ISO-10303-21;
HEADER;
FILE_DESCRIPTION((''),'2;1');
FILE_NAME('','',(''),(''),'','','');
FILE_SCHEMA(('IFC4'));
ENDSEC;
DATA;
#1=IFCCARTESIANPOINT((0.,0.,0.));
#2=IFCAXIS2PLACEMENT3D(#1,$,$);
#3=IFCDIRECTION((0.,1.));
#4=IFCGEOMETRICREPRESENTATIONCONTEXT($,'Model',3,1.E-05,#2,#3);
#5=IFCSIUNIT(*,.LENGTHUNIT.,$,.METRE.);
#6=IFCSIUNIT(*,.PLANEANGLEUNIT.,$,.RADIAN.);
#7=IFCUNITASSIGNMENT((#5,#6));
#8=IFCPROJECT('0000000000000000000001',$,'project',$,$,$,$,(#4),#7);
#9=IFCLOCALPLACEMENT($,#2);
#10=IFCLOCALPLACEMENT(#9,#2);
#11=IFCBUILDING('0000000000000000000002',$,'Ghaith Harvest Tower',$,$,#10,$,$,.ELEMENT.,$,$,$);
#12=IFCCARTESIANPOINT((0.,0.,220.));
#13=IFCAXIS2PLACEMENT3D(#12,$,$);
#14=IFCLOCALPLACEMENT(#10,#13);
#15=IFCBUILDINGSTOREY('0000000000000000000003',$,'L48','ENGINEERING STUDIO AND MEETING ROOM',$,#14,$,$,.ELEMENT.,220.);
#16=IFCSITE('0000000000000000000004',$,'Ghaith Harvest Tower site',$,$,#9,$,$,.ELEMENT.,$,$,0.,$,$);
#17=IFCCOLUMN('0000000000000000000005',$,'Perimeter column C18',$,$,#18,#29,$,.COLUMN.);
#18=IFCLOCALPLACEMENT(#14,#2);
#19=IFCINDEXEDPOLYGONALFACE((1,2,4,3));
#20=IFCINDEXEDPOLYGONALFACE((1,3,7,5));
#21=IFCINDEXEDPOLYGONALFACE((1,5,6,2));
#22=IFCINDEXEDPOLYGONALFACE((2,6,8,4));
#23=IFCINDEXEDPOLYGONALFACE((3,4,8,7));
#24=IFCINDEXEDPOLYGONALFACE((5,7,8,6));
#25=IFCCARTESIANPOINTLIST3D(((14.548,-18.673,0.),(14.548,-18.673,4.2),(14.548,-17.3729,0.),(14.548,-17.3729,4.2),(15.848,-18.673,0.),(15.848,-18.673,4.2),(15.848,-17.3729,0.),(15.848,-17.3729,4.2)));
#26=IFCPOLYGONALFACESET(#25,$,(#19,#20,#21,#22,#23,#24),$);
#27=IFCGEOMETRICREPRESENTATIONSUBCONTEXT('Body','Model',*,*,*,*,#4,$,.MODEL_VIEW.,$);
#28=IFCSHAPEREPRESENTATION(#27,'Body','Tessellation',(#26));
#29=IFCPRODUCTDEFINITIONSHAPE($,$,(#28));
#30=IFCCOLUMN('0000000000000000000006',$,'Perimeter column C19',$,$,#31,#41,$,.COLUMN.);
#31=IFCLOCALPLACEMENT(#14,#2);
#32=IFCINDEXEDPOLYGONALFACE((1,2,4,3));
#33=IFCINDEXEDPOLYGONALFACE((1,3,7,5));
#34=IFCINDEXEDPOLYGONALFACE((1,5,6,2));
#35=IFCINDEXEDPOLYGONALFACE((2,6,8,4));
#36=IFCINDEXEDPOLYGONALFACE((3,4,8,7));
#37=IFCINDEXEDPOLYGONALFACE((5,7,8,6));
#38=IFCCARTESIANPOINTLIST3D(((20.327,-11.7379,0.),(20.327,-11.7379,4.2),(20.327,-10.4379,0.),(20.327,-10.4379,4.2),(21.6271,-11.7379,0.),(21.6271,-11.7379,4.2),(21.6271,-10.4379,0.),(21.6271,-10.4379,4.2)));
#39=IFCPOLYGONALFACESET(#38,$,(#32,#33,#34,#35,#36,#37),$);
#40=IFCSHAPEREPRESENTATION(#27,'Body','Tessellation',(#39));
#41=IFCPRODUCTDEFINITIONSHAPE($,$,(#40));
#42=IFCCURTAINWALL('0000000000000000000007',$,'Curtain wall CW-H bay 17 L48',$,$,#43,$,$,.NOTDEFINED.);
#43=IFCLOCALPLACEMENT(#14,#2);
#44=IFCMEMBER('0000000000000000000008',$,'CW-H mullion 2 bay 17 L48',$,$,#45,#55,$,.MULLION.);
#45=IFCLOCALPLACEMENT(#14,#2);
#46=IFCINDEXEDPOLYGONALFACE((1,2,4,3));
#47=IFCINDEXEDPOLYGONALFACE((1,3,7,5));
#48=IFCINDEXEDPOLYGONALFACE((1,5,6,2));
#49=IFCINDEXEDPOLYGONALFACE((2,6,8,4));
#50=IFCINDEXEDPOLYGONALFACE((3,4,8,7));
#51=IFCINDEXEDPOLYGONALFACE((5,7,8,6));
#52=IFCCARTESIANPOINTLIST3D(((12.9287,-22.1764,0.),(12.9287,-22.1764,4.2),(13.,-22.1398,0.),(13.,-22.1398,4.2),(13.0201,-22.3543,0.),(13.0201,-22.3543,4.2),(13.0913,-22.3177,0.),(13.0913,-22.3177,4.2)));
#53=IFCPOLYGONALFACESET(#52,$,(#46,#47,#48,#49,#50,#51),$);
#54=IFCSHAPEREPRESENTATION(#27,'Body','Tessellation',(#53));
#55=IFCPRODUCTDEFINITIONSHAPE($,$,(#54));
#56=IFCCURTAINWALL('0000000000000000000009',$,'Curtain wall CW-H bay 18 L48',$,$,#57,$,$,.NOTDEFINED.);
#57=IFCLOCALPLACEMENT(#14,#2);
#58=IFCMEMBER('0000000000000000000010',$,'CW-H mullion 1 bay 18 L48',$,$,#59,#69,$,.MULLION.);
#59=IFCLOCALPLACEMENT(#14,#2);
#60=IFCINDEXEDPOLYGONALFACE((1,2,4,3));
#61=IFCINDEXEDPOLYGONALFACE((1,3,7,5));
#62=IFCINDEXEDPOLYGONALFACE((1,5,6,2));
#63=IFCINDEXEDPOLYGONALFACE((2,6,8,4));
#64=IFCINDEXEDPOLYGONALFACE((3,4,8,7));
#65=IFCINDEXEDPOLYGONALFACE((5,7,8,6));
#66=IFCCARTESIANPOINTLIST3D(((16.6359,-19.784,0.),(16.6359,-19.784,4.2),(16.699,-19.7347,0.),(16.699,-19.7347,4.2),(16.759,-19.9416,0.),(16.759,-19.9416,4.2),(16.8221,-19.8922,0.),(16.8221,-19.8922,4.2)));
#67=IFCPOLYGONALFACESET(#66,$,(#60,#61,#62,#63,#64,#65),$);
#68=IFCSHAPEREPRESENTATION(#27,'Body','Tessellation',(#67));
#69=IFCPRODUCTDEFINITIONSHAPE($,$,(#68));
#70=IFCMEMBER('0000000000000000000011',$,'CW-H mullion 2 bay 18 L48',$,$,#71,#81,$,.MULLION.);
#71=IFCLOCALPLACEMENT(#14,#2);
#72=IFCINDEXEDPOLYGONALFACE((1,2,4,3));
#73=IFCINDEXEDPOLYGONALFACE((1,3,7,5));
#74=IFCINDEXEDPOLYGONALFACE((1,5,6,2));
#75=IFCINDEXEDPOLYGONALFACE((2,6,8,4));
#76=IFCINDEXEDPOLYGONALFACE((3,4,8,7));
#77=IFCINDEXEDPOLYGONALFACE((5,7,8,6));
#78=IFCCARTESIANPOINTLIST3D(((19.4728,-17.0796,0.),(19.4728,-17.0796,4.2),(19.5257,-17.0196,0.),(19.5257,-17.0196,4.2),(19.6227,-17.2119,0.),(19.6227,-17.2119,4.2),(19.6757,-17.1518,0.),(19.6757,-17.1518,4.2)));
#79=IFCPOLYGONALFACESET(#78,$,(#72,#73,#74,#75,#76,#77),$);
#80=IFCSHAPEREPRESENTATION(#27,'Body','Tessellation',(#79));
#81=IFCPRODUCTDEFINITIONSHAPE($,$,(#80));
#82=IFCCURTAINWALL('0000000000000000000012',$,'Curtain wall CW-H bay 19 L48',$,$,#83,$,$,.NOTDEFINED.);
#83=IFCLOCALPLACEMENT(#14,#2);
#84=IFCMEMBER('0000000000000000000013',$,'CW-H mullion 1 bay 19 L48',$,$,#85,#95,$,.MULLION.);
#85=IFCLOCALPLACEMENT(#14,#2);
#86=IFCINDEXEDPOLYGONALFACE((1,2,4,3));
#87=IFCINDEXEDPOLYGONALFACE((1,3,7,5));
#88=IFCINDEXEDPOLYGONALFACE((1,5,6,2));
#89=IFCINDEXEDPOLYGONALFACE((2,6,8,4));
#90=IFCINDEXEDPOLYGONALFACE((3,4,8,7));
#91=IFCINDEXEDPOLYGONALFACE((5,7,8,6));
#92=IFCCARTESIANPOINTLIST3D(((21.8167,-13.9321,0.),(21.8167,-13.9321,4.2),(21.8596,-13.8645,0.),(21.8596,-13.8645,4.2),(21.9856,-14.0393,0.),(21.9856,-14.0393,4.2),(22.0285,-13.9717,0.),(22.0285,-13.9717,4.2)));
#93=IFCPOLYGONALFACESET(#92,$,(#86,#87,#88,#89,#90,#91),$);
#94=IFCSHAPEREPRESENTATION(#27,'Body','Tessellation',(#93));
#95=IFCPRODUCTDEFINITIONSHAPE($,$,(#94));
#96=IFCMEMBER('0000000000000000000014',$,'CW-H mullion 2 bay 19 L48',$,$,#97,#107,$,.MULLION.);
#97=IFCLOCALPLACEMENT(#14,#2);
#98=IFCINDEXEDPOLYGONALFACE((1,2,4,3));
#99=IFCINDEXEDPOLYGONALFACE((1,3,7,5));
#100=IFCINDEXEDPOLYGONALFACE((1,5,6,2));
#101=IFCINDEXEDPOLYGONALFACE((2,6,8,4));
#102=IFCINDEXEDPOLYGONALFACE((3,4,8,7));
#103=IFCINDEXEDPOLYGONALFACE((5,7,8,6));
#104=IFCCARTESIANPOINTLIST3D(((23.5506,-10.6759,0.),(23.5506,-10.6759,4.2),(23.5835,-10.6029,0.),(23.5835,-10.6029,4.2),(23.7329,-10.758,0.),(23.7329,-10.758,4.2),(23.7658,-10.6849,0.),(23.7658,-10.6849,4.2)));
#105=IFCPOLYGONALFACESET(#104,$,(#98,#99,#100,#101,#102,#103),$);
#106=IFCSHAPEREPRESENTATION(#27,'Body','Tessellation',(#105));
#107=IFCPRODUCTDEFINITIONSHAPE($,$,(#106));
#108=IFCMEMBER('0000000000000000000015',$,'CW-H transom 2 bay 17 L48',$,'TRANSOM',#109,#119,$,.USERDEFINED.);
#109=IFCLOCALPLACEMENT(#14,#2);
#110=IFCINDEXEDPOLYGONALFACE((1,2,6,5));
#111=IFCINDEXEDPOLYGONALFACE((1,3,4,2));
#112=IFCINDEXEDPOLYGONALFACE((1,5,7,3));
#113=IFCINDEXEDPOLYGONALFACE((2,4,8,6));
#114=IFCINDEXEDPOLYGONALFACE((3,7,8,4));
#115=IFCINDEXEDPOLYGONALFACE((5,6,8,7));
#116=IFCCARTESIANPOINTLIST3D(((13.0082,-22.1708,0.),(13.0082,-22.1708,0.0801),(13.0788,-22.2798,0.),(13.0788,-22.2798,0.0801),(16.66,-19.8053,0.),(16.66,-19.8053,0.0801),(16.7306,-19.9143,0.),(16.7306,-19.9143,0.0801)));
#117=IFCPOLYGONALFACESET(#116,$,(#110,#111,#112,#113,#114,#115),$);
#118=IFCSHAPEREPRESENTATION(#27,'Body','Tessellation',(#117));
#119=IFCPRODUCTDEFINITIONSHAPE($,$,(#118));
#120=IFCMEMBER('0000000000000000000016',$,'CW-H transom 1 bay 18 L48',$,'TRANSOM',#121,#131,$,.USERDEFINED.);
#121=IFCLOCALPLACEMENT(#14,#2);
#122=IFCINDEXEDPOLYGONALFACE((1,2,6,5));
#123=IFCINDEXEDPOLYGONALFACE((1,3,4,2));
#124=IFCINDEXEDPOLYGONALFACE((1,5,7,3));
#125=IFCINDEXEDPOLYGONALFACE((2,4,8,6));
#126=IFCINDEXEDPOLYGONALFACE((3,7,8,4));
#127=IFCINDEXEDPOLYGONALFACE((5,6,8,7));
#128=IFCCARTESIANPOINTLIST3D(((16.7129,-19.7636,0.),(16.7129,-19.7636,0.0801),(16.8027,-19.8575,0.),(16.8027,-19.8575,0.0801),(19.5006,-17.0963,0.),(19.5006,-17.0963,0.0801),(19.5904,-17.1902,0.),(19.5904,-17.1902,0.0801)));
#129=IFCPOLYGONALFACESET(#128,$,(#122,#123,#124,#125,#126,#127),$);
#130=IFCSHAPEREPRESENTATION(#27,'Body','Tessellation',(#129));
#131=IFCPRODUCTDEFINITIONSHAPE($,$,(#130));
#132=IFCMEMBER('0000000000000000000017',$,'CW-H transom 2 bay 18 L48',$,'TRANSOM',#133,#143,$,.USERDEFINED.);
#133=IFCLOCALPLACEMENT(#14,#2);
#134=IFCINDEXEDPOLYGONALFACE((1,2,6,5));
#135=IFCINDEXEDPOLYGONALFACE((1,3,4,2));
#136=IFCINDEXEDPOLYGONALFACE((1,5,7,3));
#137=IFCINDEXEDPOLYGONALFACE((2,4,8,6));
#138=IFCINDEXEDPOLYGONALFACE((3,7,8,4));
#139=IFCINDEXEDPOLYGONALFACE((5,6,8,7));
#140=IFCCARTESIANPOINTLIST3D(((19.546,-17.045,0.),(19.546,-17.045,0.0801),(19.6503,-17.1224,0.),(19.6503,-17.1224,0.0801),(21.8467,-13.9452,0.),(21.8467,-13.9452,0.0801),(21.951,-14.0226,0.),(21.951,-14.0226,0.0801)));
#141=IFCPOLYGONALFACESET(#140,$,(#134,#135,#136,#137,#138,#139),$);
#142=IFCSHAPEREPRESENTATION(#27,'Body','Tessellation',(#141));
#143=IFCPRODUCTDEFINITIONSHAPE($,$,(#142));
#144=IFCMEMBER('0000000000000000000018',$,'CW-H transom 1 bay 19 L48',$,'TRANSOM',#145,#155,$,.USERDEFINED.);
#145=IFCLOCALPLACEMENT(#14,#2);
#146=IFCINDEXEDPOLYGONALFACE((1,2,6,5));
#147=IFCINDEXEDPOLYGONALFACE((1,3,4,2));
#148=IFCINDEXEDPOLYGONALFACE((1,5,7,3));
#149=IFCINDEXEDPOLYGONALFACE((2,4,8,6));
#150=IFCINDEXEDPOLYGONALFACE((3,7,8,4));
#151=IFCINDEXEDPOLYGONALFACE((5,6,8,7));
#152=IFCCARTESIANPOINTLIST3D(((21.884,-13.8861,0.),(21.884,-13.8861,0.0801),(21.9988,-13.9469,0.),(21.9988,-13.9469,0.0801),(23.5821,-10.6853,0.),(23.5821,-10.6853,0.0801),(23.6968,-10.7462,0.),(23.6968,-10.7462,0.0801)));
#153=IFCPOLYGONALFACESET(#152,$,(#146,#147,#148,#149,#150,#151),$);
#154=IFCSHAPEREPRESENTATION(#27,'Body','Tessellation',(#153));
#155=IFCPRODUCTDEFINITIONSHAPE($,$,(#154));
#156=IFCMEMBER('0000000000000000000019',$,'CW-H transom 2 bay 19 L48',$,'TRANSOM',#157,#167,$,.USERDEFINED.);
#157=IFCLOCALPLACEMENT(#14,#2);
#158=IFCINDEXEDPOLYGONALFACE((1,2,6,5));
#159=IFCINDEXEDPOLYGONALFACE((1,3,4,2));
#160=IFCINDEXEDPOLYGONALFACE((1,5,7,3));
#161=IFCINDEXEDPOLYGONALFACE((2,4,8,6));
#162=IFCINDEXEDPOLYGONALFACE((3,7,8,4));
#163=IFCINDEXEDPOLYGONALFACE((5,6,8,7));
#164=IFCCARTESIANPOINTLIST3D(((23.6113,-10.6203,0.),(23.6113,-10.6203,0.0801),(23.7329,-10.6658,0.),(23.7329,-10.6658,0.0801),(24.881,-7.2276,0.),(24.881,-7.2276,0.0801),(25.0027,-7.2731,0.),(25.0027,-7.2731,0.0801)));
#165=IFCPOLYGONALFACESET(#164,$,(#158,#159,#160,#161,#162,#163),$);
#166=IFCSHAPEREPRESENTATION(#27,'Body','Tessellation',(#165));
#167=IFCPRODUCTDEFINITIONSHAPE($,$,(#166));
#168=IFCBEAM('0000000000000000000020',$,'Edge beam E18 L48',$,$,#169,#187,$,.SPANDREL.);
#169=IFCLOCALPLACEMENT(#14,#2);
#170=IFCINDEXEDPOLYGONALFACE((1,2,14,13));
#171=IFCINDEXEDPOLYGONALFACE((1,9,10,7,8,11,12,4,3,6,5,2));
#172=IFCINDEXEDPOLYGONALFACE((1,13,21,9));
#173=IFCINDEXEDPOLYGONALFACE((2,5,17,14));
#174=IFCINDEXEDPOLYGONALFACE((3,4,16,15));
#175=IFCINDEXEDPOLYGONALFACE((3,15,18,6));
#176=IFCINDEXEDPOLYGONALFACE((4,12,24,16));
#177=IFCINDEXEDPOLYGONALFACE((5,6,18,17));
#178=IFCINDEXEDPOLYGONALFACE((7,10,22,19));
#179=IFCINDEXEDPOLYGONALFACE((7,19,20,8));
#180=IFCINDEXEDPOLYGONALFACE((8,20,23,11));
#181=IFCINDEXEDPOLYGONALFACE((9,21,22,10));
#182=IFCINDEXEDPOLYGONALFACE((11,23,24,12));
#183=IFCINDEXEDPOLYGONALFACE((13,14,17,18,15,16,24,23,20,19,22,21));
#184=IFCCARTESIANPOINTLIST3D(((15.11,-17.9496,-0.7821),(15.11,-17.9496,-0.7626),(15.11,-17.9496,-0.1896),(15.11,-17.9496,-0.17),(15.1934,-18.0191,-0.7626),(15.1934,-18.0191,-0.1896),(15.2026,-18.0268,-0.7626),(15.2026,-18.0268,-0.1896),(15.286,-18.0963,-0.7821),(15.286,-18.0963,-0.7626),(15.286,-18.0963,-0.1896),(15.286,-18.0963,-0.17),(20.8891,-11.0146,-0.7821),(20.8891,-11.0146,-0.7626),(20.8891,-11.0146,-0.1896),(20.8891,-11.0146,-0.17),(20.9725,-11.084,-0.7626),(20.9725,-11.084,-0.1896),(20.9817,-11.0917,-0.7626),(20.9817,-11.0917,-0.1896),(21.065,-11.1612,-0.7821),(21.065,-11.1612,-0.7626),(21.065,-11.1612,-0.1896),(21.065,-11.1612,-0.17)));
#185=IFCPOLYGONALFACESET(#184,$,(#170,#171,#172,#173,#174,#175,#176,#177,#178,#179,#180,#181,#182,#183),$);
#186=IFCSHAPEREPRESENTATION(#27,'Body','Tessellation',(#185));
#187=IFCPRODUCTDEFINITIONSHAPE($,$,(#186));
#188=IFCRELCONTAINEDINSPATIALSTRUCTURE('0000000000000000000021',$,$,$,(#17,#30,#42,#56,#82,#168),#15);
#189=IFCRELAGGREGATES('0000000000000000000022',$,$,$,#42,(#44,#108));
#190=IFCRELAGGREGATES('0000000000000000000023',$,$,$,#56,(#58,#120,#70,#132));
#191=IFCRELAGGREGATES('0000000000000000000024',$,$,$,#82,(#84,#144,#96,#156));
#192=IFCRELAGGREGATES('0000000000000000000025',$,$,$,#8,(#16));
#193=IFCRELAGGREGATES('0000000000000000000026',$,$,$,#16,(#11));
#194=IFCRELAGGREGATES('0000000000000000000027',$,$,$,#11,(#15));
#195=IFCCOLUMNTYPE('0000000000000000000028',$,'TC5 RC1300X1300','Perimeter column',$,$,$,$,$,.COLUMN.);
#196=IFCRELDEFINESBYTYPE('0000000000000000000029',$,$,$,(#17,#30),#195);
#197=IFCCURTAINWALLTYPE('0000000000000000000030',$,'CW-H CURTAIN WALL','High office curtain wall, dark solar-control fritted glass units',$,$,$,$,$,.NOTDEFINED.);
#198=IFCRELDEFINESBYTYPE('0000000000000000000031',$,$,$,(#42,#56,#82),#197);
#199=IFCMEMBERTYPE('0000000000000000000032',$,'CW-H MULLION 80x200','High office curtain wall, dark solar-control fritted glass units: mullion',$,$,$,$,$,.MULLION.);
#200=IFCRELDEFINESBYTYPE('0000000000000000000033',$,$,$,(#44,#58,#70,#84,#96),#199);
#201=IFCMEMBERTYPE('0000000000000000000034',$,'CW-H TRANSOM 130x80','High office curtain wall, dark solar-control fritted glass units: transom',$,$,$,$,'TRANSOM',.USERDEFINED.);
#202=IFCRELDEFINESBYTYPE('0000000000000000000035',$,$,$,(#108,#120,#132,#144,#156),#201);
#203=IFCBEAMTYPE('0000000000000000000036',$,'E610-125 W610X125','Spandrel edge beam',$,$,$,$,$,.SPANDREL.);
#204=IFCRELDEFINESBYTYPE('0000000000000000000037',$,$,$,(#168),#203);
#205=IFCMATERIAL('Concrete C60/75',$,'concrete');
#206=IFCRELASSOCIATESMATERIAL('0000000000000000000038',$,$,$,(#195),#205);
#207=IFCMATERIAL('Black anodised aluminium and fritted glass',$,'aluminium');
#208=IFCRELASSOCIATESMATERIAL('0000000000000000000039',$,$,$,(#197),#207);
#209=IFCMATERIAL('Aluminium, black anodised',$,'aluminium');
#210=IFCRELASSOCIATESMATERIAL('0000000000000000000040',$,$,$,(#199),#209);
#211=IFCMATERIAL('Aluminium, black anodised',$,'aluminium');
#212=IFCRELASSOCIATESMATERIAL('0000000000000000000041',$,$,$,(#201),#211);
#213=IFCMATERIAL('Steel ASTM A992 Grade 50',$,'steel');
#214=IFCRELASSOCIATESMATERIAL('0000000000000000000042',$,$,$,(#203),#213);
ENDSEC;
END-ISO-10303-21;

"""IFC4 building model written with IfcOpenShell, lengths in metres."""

from ifc_helpers import new_model, si_unit, direction, frame, origin, origin_2d, place, context, subcontext, project, spatial, rectangle, i_section, extrude, material, material_profile, profile_set, type_object, element, aggregate, save


model = new_model("IFC4")

# Units and contexts
model_context = context("Model", 3, precision=1e-05, world=origin(), true_north=direction((0.0, 1.0)))
body_context = subcontext(model_context, "Body", "Model", "MODEL_VIEW")
ifc_project = project(units=[si_unit("LENGTHUNIT", "METRE"), si_unit("PLANEANGLEUNIT", "RADIAN")], contexts=[model_context])

# Site, building, storey
site_placement = place(None, origin())
site = spatial("IfcSite", under=ifc_project, at=site_placement, Name="Ghaith Harvest Tower site", CompositionType="ELEMENT", RefElevation=0.0)
building_placement = place(site_placement, origin())
building = spatial("IfcBuilding", under=site, at=building_placement, Name="Ghaith Harvest Tower", CompositionType="ELEMENT")
storey_placement = place(building_placement, frame((0.0, 0.0, 220.0)))
storey = spatial("IfcBuildingStorey", under=building, at=storey_placement, Name="L48", Description="ENGINEERING STUDIO AND MEETING ROOM", CompositionType="ELEMENT", Elevation=220.0)

# Columns
ifc_material_1 = material(Name="Concrete C60/75", Category="concrete")
ifc_material_profile_1 = material_profile(ifc_material_1, rectangle(XDim=1.3, YDim=1.3, at=origin_2d()), Name="RC1300X1300")
ifc_profile_set_1 = profile_set([ifc_material_profile_1], Name="Concrete C60/75")
column_type = type_object("IfcColumnType", Name="TC5 RC1300X1300", Description="Perimeter column", PredefinedType="COLUMN", material=ifc_profile_set_1)
for number, where, z_axis, x_axis, name in (
    (1, (15.198, -18.0229, 0.0), (0.0, 0.0, 1.0), (1.0, 0.0, 0.0), "Perimeter column C18"),
    (2, (20.9771, -11.0879, 0.0), (0.0, 0.0, 1.0), (1.0, 0.0, 0.0), "Perimeter column C19"),
):
    element("IfcColumn", number, at=place(storey_placement, frame(where, z_axis=z_axis, x_axis=x_axis)), inside=storey, type_object=column_type, Name=name, PredefinedType="COLUMN", context=body_context, shape_type="SweptSolid", body=[
        extrude(rectangle(XDim=1.3, YDim=1.3, at=origin_2d()), origin(), (0.0, 0.0, 1.0), 4.2),
    ])

# Curtain wall, member
ifc_material_2 = material(Name="Black anodised aluminium and fritted glass", Category="aluminium")
curtain_wall_type = type_object("IfcCurtainWallType", Name="CW-H CURTAIN WALL", Description="High office curtain wall, dark solar-control fritted glass units", PredefinedType="NOTDEFINED", material=ifc_material_2)
curtain_wall_1_placement = place(storey_placement, origin())
curtain_wall_1 = element("IfcCurtainWall", 3, at=curtain_wall_1_placement, inside=storey, type_object=curtain_wall_type, Name="Curtain wall CW-H bay 17 L48", PredefinedType="NOTDEFINED")
ifc_material_3 = material(Name="Aluminium, black anodised", Category="aluminium")
ifc_material_profile_2 = material_profile(ifc_material_3, rectangle(XDim=0.0801, YDim=0.2, at=origin_2d()), Name="CW-H MULLION 80x200")
ifc_profile_set_2 = profile_set([ifc_material_profile_2], Name="Aluminium, black anodised")
member_type_1 = type_object("IfcMemberType", Name="CW-H MULLION 80x200", Description="High office curtain wall, dark solar-control fritted glass units: mullion", PredefinedType="MULLION", material=ifc_profile_set_2)
member_1_placement = place(storey_placement, frame((13.01, -22.2471, 0.0), z_axis=(0.0, 0.0, 1.0), x_axis=(0.889568, 0.456802, 0.0)))
member_1 = element("IfcMember", 4, at=member_1_placement, type_object=member_type_1, Name="CW-H mullion 2 bay 17 L48", PredefinedType="MULLION", context=body_context, shape_type="SweptSolid", body=[
    extrude(rectangle(XDim=0.0801, YDim=0.2, at=origin_2d()), origin(), (0.0, 0.0, 1.0), 4.2),
])

# Curtain walls, members
curtain_wall_2_placement = place(storey_placement, origin())
curtain_wall_2 = element("IfcCurtainWall", 5, at=curtain_wall_2_placement, inside=storey, type_object=curtain_wall_type, Name="Curtain wall CW-H bay 18 L48", PredefinedType="NOTDEFINED")
member_2_placement = place(storey_placement, frame((16.729, -19.8381, 0.0), z_axis=(0.0, 0.0, 1.0), x_axis=(0.787846, 0.615873, 0.0)))
member_2 = element("IfcMember", 6, at=member_2_placement, type_object=member_type_1, Name="CW-H mullion 1 bay 18 L48", PredefinedType="MULLION", context=body_context, shape_type="SweptSolid", body=[
    extrude(rectangle(XDim=0.0801, YDim=0.2, at=origin_2d()), origin(), (0.0, 0.0, 1.0), 4.2),
])
member_3_placement = place(storey_placement, frame((19.5742, -17.1157, 0.0), z_axis=(0.0, 0.0, 1.0), x_axis=(0.661615, 0.749844, 0.0)))
member_3 = element("IfcMember", 7, at=member_3_placement, type_object=member_type_1, Name="CW-H mullion 2 bay 18 L48", PredefinedType="MULLION", context=body_context, shape_type="SweptSolid", body=[
    extrude(rectangle(XDim=0.0801, YDim=0.2, at=origin_2d()), origin(), (0.0, 0.0, 1.0), 4.2),
])
curtain_wall_3_placement = place(storey_placement, origin())
curtain_wall_3 = element("IfcCurtainWall", 8, at=curtain_wall_3_placement, inside=storey, type_object=curtain_wall_type, Name="Curtain wall CW-H bay 19 L48", PredefinedType="NOTDEFINED")
member_4_placement = place(storey_placement, frame((21.9226, -13.9519, 0.0), z_axis=(0.0, 0.0, 1.0), x_axis=(0.535827, 0.844328, 0.0)))
member_4 = element("IfcMember", 9, at=member_4_placement, type_object=member_type_1, Name="CW-H mullion 1 bay 19 L48", PredefinedType="MULLION", context=body_context, shape_type="SweptSolid", body=[
    extrude(rectangle(XDim=0.0801, YDim=0.2, at=origin_2d()), origin(), (0.0, 0.0, 1.0), 4.2),
])
member_5_placement = place(storey_placement, frame((23.6582, -10.6804, 0.0), z_axis=(0.0, 0.0, 1.0), x_axis=(0.41043, 0.911892, 0.0)))
member_5 = element("IfcMember", 10, at=member_5_placement, type_object=member_type_1, Name="CW-H mullion 2 bay 19 L48", PredefinedType="MULLION", context=body_context, shape_type="SweptSolid", body=[
    extrude(rectangle(XDim=0.0801, YDim=0.2, at=origin_2d()), origin(), (0.0, 0.0, 1.0), 4.2),
])

# Members
ifc_material_4 = material(Name="Aluminium, black anodised", Category="aluminium")
ifc_material_profile_3 = material_profile(ifc_material_4, rectangle(XDim=0.1299, YDim=0.0801, at=origin_2d()), Name="CW-H TRANSOM 130x80")
ifc_profile_set_3 = profile_set([ifc_material_profile_3], Name="Aluminium, black anodised")
member_type_2 = type_object("IfcMemberType", Name="CW-H TRANSOM 130x80", Description="High office curtain wall, dark solar-control fritted glass units: transom", ElementType="TRANSOM", PredefinedType="USERDEFINED", material=ifc_profile_set_3)
member_6_placement = place(storey_placement, frame((13.0435, -22.2253, 0.04), z_axis=(0.839307, 0.543658, 0.0), x_axis=(-0.543658, 0.839307, 0.0)))
member_6 = element("IfcMember", 11, at=member_6_placement, type_object=member_type_2, Name="CW-H transom 2 bay 17 L48", ObjectType="TRANSOM", PredefinedType="USERDEFINED", context=body_context, shape_type="SweptSolid", body=[
    extrude(rectangle(XDim=0.1299, YDim=0.0801, at=origin_2d()), origin(), (0.0, 0.0, 1.0), 4.3511),
])
member_7_placement = place(storey_placement, frame((16.7578, -19.8105, 0.04), z_axis=(0.722533, 0.691336, 0.0), x_axis=(-0.691336, 0.722533, 0.0)))
member_7 = element("IfcMember", 12, at=member_7_placement, type_object=member_type_2, Name="CW-H transom 1 bay 18 L48", ObjectType="TRANSOM", PredefinedType="USERDEFINED", context=body_context, shape_type="SweptSolid", body=[
    extrude(rectangle(XDim=0.1299, YDim=0.0801, at=origin_2d()), origin(), (0.0, 0.0, 1.0), 3.8582),
])
member_8_placement = place(storey_placement, frame((19.5981, -17.0837, 0.04), z_axis=(0.595996, 0.802988, 0.0), x_axis=(-0.802988, 0.595996, 0.0)))
member_8 = element("IfcMember", 13, at=member_8_placement, type_object=member_type_2, Name="CW-H transom 2 bay 18 L48", ObjectType="TRANSOM", PredefinedType="USERDEFINED", context=body_context, shape_type="SweptSolid", body=[
    extrude(rectangle(XDim=0.1299, YDim=0.0801, at=origin_2d()), origin(), (0.0, 0.0, 1.0), 3.8604),
])
member_9_placement = place(storey_placement, frame((21.9414, -13.9165, 0.04), z_axis=(0.468646, 0.883386, 0.0), x_axis=(-0.883386, 0.468646, 0.0)))
member_9 = element("IfcMember", 14, at=member_9_placement, type_object=member_type_2, Name="CW-H transom 1 bay 19 L48", ObjectType="TRANSOM", PredefinedType="USERDEFINED", context=body_context, shape_type="SweptSolid", body=[
    extrude(rectangle(XDim=0.1299, YDim=0.0801, at=origin_2d()), origin(), (0.0, 0.0, 1.0), 3.6233),
])
member_10_placement = place(storey_placement, frame((23.6721, -10.6431, 0.04), z_axis=(0.35051, 0.936559, 0.0), x_axis=(-0.936559, 0.35051, 0.0)))
member_10 = element("IfcMember", 15, at=member_10_placement, type_object=member_type_2, Name="CW-H transom 2 bay 19 L48", ObjectType="TRANSOM", PredefinedType="USERDEFINED", context=body_context, shape_type="SweptSolid", body=[
    extrude(rectangle(XDim=0.1299, YDim=0.0801, at=origin_2d()), origin(), (0.0, 0.0, 1.0), 3.6226),
])

# Beam
ifc_material_5 = material(Name="Steel ASTM A992 Grade 50", Category="steel")
ifc_material_profile_4 = material_profile(ifc_material_5, i_section(OverallWidth=0.229, OverallDepth=0.6121, WebThickness=0.012, FlangeThickness=0.0195, at=origin_2d()), Name="W610X125")
ifc_profile_set_4 = profile_set([ifc_material_profile_4], Name="Steel ASTM A992 Grade 50")
beam_type_1 = type_object("IfcBeamType", Name="E610-125 W610X125", Description="Spandrel edge beam", PredefinedType="SPANDREL", material=ifc_profile_set_4)
beam_1_placement = place(storey_placement, frame((15.198, -18.0229, -0.4761), z_axis=(0.640174, 0.76823, 0.0), x_axis=(-0.76823, 0.640174, 0.0)))
element("IfcBeam", 16, at=beam_1_placement, inside=storey, type_object=beam_type_1, Name="Edge beam E18 L48", PredefinedType="SPANDREL", context=body_context, shape_type="SweptSolid", body=[
    extrude(i_section(OverallWidth=0.229, OverallDepth=0.6121, WebThickness=0.012, FlangeThickness=0.0195, at=origin_2d()), origin(), (0.0, 0.0, 1.0), 9.0273),
])

aggregate(curtain_wall_1, [member_1, member_6])
aggregate(curtain_wall_2, [member_2, member_7, member_3, member_8])
aggregate(curtain_wall_3, [member_4, member_9, member_5, member_10])

save(model, "model.ifc")
